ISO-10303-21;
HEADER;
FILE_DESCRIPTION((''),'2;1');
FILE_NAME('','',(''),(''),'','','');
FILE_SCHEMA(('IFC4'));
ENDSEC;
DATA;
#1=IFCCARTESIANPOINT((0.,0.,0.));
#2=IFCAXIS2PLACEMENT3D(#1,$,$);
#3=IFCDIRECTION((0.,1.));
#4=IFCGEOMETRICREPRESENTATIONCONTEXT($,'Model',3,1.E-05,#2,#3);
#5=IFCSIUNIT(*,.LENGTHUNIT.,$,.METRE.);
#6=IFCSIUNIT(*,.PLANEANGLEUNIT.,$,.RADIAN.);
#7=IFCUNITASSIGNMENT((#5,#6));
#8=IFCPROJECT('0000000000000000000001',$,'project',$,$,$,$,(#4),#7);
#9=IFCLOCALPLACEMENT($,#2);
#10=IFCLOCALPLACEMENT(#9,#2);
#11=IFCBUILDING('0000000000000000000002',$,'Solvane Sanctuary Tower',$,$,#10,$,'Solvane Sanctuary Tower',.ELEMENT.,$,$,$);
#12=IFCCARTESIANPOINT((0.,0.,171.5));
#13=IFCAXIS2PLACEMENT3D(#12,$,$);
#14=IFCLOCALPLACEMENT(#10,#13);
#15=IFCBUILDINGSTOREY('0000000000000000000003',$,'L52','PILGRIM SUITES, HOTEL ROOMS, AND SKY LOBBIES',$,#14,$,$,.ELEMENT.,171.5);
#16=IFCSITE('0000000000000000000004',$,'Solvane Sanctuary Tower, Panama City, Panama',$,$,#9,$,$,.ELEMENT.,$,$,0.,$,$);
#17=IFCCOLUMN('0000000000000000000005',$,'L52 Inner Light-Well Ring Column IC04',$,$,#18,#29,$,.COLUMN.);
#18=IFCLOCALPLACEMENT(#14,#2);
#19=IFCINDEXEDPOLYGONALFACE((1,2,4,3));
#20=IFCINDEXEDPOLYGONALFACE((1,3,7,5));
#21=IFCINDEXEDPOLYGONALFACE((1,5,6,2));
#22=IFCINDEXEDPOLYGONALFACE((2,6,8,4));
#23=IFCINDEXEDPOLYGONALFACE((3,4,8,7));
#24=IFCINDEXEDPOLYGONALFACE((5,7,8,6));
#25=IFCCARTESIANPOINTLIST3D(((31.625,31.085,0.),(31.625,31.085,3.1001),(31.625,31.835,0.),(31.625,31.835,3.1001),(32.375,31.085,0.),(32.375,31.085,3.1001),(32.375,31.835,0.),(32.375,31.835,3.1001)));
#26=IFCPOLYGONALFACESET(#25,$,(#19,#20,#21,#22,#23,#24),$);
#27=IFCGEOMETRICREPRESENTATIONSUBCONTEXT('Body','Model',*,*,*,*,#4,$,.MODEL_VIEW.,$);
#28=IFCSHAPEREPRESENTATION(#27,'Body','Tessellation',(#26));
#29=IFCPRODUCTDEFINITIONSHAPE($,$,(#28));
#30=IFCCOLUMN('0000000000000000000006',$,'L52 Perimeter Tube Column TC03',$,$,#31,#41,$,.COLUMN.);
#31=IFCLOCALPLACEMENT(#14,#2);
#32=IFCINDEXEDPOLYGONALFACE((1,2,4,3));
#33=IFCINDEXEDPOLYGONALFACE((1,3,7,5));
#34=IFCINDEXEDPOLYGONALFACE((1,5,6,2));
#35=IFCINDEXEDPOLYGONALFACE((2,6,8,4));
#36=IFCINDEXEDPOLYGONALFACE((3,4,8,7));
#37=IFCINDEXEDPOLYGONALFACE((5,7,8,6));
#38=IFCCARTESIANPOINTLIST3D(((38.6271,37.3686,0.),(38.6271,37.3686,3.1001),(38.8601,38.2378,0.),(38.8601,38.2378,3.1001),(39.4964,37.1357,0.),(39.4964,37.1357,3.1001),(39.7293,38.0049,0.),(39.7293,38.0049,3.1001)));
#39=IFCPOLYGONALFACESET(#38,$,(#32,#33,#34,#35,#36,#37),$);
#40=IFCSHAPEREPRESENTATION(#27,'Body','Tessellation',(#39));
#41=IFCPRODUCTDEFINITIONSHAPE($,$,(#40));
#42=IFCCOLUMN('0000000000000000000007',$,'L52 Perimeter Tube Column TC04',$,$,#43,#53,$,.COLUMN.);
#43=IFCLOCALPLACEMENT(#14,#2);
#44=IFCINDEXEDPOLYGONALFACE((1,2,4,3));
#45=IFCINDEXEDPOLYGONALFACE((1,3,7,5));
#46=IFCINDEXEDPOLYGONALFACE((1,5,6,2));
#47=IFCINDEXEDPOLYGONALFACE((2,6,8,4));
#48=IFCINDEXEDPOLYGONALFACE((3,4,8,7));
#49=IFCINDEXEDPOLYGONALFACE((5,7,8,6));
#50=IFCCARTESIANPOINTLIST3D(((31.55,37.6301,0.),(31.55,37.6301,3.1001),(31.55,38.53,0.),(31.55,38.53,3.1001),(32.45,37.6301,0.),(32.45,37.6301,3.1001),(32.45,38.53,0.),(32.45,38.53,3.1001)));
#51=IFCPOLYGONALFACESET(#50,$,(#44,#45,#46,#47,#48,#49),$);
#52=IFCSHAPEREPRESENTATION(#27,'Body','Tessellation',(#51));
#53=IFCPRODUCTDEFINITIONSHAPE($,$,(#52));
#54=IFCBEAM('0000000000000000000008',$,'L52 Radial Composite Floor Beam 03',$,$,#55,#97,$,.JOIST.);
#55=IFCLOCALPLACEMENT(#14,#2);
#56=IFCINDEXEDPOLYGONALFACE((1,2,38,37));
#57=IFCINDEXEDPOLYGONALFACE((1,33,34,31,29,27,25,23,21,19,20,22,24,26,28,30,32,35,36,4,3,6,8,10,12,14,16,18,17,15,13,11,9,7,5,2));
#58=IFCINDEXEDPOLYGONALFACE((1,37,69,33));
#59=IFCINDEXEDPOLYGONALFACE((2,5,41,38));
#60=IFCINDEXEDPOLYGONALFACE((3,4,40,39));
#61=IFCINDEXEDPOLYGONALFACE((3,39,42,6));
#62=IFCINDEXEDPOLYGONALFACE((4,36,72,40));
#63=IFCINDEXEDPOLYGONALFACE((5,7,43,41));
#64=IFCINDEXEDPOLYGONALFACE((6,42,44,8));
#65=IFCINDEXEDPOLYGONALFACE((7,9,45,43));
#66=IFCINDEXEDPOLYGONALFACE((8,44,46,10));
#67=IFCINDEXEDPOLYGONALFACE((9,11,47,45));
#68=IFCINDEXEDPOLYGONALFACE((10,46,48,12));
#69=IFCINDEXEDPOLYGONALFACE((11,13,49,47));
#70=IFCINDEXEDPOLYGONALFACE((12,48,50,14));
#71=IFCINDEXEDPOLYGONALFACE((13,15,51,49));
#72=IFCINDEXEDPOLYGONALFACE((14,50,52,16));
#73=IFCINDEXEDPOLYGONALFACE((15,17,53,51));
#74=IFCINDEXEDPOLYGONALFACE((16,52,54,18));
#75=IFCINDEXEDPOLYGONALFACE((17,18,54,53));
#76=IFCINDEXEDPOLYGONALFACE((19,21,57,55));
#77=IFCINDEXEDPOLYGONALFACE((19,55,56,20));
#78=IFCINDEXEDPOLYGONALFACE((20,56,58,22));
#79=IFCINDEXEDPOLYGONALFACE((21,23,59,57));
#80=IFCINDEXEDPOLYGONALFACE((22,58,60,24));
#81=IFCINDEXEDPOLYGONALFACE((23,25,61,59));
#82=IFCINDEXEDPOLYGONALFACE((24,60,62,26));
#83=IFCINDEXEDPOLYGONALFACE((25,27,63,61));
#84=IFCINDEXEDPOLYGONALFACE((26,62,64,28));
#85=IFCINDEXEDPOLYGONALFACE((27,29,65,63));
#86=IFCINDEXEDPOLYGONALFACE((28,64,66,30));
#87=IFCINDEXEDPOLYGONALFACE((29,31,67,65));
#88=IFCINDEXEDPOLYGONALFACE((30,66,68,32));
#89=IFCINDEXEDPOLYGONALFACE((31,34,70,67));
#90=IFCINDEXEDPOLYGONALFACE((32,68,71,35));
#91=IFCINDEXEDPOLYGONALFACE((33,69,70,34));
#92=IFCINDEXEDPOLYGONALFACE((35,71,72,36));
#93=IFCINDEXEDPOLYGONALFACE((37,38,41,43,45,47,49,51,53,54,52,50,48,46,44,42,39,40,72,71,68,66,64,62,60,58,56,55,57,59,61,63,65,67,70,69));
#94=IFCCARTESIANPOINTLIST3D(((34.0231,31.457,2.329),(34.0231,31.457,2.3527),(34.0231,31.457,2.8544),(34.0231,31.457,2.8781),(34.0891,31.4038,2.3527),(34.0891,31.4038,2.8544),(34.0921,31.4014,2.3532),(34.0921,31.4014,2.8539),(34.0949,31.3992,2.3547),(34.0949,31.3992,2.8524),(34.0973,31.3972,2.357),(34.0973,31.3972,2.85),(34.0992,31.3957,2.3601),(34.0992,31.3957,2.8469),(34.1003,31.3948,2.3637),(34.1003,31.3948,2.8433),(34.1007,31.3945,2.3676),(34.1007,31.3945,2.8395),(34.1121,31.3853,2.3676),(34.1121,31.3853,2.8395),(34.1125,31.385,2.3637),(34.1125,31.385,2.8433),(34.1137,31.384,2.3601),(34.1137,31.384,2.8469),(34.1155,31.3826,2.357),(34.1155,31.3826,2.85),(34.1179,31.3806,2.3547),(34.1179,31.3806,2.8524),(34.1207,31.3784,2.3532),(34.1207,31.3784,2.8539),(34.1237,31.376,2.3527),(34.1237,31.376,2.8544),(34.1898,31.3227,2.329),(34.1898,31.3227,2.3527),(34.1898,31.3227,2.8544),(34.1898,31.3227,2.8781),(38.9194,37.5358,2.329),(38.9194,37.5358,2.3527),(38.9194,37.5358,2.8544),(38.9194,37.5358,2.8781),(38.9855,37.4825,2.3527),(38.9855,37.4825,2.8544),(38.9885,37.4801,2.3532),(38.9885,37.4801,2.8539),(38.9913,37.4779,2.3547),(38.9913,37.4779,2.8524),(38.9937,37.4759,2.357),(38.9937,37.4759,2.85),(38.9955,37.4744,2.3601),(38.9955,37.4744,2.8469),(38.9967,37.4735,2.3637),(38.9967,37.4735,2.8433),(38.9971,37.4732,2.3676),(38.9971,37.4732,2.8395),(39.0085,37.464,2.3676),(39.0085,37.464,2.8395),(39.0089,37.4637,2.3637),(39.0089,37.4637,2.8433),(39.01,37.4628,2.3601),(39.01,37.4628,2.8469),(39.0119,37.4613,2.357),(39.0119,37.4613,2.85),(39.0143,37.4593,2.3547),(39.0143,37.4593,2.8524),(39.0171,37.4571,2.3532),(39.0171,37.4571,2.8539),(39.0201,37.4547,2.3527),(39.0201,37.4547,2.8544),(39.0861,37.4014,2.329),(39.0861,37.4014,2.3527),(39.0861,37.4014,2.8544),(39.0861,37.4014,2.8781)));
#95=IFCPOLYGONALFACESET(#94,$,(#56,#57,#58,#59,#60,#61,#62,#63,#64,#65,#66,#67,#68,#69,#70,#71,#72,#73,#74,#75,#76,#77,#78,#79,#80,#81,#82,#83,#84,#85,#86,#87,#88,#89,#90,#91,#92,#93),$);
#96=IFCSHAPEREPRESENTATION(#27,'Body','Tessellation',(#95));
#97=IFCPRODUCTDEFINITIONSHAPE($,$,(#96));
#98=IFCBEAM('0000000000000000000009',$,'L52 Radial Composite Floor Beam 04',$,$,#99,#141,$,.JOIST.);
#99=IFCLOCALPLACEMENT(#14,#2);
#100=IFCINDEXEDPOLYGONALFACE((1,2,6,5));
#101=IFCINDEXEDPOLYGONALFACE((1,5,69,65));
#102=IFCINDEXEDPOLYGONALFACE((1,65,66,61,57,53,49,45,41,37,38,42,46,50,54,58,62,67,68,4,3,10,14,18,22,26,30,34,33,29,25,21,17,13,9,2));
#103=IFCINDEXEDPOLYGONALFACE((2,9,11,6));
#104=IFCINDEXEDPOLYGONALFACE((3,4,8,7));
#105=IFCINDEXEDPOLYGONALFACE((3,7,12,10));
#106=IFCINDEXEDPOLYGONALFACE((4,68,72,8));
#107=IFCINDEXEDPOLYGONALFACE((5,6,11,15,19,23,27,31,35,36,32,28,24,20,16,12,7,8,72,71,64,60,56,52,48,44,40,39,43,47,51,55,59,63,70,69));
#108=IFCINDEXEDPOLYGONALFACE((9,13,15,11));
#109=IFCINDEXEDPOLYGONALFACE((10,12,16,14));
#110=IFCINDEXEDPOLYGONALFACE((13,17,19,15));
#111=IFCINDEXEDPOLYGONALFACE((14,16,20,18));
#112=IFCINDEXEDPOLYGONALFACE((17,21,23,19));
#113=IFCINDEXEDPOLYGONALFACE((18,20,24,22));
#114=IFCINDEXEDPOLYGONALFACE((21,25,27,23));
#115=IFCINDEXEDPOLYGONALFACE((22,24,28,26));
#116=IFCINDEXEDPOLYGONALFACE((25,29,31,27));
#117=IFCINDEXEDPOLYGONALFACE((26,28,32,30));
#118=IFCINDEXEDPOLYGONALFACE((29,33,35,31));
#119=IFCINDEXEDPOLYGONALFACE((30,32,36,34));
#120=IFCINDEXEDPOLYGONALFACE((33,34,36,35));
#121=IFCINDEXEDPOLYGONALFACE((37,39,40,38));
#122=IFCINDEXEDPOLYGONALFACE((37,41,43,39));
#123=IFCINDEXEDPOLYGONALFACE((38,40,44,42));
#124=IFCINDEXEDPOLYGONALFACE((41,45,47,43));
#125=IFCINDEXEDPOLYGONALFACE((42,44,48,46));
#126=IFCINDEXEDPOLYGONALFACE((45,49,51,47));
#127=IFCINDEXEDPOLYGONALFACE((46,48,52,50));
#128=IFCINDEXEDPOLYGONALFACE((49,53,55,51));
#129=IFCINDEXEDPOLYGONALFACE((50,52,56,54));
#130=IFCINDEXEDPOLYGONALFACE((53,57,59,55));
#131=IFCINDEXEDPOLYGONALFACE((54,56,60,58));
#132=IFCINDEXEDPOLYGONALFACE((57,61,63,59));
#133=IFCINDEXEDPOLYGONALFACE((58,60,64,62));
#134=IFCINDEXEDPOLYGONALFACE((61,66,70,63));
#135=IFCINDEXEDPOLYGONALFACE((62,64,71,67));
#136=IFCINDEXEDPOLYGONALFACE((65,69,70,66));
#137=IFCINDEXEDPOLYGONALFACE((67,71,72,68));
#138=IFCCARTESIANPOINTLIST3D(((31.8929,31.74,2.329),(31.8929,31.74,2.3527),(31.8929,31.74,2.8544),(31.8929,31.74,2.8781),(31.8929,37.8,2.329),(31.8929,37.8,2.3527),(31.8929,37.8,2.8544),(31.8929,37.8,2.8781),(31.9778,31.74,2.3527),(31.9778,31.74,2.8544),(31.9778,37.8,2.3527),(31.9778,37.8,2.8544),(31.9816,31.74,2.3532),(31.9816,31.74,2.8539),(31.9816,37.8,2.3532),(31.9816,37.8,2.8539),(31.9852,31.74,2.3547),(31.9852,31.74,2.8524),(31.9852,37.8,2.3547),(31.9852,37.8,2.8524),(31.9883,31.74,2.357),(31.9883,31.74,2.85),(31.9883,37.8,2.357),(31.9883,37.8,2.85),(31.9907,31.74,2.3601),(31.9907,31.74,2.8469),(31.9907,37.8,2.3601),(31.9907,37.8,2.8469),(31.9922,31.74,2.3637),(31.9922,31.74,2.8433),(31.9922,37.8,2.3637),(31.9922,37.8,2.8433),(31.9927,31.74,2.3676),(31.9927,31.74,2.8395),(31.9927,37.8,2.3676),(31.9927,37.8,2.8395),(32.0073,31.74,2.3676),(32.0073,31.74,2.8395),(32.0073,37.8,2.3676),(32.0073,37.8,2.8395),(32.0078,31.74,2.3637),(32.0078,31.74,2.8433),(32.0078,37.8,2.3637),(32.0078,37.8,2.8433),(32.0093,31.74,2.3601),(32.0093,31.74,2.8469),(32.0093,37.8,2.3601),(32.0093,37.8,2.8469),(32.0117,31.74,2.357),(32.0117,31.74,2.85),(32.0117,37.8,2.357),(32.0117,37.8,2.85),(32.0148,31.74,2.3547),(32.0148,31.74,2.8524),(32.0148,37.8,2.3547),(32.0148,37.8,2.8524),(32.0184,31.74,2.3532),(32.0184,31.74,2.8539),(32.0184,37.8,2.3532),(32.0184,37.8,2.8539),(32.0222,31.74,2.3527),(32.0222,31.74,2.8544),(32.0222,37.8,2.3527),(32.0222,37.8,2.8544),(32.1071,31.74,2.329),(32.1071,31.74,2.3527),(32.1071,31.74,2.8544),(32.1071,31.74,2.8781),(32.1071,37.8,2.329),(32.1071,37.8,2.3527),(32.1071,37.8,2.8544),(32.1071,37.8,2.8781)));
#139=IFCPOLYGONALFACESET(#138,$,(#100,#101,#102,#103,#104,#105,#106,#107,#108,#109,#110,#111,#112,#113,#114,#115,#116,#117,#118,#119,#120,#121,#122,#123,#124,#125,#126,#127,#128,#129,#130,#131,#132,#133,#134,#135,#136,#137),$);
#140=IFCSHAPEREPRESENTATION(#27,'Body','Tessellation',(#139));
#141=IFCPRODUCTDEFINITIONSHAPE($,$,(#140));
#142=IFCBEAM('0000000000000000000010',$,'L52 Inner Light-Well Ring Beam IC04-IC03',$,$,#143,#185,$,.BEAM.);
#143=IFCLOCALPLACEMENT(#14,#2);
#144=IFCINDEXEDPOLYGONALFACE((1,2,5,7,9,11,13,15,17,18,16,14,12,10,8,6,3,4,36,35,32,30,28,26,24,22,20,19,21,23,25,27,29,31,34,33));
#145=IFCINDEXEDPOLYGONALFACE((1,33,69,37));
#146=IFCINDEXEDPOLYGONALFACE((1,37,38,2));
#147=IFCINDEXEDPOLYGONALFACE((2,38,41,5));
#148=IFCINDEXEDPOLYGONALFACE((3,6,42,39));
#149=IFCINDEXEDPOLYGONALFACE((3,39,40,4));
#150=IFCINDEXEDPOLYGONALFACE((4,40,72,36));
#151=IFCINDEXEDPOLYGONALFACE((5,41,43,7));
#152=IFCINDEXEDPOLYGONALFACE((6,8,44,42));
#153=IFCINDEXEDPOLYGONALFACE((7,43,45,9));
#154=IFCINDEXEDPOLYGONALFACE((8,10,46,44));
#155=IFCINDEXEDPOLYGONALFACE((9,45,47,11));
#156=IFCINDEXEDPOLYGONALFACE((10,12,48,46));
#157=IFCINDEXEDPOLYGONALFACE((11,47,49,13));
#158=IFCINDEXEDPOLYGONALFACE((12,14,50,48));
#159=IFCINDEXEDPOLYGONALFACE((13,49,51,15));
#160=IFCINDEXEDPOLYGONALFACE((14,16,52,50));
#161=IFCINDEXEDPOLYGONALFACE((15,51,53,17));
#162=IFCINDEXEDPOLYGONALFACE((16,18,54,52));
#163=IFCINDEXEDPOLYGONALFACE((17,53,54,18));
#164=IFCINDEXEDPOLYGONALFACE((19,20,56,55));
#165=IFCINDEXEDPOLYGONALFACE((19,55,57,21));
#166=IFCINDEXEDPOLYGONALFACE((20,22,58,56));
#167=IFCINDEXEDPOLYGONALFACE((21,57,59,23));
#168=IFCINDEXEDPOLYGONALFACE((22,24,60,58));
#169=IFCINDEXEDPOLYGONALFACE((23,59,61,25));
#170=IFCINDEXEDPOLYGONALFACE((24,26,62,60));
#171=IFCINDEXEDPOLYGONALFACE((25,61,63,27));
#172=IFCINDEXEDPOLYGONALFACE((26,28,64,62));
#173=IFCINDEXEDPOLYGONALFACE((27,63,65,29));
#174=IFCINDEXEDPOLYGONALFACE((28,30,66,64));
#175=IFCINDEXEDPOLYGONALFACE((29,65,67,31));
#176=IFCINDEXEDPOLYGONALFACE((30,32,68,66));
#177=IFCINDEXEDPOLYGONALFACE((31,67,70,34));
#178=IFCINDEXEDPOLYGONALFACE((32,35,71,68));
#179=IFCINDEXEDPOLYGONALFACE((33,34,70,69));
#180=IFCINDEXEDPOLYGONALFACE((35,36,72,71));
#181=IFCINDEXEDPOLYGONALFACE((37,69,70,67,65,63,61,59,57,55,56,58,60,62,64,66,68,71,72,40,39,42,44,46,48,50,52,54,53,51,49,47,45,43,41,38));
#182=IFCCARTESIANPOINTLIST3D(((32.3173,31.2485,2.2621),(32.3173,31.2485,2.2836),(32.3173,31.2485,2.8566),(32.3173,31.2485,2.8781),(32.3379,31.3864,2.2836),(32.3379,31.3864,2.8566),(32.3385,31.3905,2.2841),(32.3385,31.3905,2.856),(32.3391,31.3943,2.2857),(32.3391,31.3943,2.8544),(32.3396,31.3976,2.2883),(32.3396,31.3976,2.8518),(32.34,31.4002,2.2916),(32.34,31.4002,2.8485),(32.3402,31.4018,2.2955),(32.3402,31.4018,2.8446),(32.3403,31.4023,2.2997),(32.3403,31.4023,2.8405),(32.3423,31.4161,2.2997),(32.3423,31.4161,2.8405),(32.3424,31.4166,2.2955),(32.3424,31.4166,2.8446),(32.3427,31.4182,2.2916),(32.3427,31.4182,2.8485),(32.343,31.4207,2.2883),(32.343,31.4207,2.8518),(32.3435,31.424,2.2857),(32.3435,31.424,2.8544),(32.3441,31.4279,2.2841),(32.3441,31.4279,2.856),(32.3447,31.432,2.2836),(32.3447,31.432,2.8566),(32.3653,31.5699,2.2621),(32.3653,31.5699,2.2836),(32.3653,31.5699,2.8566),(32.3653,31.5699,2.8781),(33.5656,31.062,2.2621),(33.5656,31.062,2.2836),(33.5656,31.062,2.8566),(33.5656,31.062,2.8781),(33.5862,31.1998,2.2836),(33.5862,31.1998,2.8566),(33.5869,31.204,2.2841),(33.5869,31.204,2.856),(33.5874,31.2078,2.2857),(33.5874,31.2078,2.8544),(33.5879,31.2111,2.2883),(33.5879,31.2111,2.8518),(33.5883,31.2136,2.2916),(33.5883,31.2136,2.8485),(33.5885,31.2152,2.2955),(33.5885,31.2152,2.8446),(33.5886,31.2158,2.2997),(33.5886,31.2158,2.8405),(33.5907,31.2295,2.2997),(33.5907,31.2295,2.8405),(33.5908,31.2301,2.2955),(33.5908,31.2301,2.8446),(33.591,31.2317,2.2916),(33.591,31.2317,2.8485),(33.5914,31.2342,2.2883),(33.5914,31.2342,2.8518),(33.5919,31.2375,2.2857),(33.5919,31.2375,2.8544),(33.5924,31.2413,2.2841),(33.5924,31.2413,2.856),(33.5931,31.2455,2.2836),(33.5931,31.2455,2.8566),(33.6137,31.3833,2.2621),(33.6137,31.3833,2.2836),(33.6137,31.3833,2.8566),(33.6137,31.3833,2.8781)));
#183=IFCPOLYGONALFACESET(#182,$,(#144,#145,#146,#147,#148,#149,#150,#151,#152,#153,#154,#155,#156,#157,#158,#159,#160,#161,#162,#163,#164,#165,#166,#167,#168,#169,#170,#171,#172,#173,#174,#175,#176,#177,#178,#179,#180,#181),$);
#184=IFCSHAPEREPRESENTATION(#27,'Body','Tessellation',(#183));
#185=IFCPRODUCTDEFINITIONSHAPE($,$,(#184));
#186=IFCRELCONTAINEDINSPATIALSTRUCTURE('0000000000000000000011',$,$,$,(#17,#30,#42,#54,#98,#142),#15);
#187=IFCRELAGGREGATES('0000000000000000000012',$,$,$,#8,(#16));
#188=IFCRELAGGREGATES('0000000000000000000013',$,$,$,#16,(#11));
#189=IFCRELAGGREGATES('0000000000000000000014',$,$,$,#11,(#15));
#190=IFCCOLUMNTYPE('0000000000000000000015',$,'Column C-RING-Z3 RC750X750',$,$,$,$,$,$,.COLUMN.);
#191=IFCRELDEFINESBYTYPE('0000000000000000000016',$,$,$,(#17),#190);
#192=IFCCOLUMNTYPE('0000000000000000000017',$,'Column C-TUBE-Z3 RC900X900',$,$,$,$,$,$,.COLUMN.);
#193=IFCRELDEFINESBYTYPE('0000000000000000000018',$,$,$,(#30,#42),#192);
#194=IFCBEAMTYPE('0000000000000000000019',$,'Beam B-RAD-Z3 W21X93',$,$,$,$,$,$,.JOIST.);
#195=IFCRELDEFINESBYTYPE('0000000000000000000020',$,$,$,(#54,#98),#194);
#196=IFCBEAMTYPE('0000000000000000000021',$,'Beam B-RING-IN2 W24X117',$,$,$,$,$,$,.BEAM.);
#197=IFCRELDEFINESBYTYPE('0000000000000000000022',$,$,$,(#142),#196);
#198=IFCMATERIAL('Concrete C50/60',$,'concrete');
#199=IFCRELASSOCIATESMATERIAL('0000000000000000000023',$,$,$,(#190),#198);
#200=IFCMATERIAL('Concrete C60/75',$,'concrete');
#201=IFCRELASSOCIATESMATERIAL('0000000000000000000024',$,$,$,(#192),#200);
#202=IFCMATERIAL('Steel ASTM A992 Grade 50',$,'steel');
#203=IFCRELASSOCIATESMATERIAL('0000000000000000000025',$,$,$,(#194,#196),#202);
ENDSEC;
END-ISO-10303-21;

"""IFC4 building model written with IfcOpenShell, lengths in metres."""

from ifc_helpers import new_model, si_unit, direction, frame, origin, origin_2d, place, context, subcontext, project, spatial, rectangle, i_section, extrude, material, material_profile, profile_set, type_object, element, save


model = new_model("IFC4")

# Units and contexts
model_context = context("Model", 3, precision=1e-05, world=origin(), true_north=direction((0.0, 1.0)))
body_context = subcontext(model_context, "Body", "Model", "MODEL_VIEW")
ifc_project = project(units=[si_unit("LENGTHUNIT", "METRE"), si_unit("PLANEANGLEUNIT", "RADIAN")], contexts=[model_context])

# Site, building, storey
site_placement = place(None, origin())
site = spatial("IfcSite", under=ifc_project, at=site_placement, Name="Solvane Sanctuary Tower, Panama City, Panama", CompositionType="ELEMENT", RefElevation=0.0)
building_placement = place(site_placement, origin())
building = spatial("IfcBuilding", under=site, at=building_placement, Name="Solvane Sanctuary Tower", LongName="Solvane Sanctuary Tower", CompositionType="ELEMENT")
storey_placement = place(building_placement, frame((0.0, 0.0, 171.5)))
storey = spatial("IfcBuildingStorey", under=building, at=storey_placement, Name="L52", Description="PILGRIM SUITES, HOTEL ROOMS, AND SKY LOBBIES", CompositionType="ELEMENT", Elevation=171.5)

# Columns
ifc_material_1 = material(Name="Concrete C50/60", Category="concrete")
ifc_material_profile_1 = material_profile(ifc_material_1, rectangle(XDim=0.75, YDim=0.75, at=origin_2d()), Name="RC750X750")
ifc_profile_set_1 = profile_set([ifc_material_profile_1], Name="Concrete C50/60")
column_type_1 = type_object("IfcColumnType", Name="Column C-RING-Z3 RC750X750", PredefinedType="COLUMN", material=ifc_profile_set_1)
column_placement = place(storey_placement, frame((32.0, 31.46, 0.0), z_axis=(0.0, 0.0, 1.0), x_axis=(1.0, 0.0, 0.0)))
element("IfcColumn", 1, at=column_placement, inside=storey, type_object=column_type_1, Name="L52 Inner Light-Well Ring Column IC04", PredefinedType="COLUMN", context=body_context, shape_type="SweptSolid", body=[
    extrude(rectangle(XDim=0.75, YDim=0.75, at=origin_2d()), origin(), (0.0, 0.0, 1.0), 3.1001),
])
ifc_material_2 = material(Name="Concrete C60/75", Category="concrete")
ifc_material_profile_2 = material_profile(ifc_material_2, rectangle(XDim=0.8999, YDim=0.8999, at=origin_2d()), Name="RC900X900")
ifc_profile_set_2 = profile_set([ifc_material_profile_2], Name="Concrete C60/75")
column_type_2 = type_object("IfcColumnType", Name="Column C-TUBE-Z3 RC900X900", PredefinedType="COLUMN", material=ifc_profile_set_2)
for number, where, z_axis, x_axis, name in (
    (2, (39.1782, 37.6868, 0.0), (0.0, 0.0, 1.0), (0.258819, 0.965926, 0.0), "L52 Perimeter Tube Column TC03"),
    (3, (32.0, 38.0801, 0.0), (0.0, 0.0, 1.0), (0.0, 1.0, 0.0), "L52 Perimeter Tube Column TC04"),
):
    element("IfcColumn", number, at=place(storey_placement, frame(where, z_axis=z_axis, x_axis=x_axis)), inside=storey, type_object=column_type_2, Name=name, PredefinedType="COLUMN", context=body_context, shape_type="SweptSolid", body=[
        extrude(rectangle(XDim=0.8999, YDim=0.8999, at=origin_2d()), origin(), (0.0, 0.0, 1.0), 3.1001),
    ])

# Beams
ifc_material_3 = material(Name="Steel ASTM A992 Grade 50", Category="steel")
ifc_material_profile_3 = material_profile(ifc_material_3, i_section(OverallWidth=0.2141, OverallDepth=0.5491, WebThickness=0.0146, FlangeThickness=0.0237, FilletRadius=0.0149, at=origin_2d()), Name="W21X93")
ifc_profile_set_3 = profile_set([ifc_material_profile_3], Name="Steel ASTM A992 Grade 50")
beam_type_1 = type_object("IfcBeamType", Name="Beam B-RAD-Z3 W21X93", PredefinedType="JOIST", material=ifc_profile_set_3)
beam_1_placement = place(storey_placement, frame((34.1064, 31.3899, 2.6035), z_axis=(0.627297, 0.77878, 0.0), x_axis=(-0.77878, 0.627297, 0.0)))
element("IfcBeam", 4, at=beam_1_placement, inside=storey, type_object=beam_type_1, Name="L52 Radial Composite Floor Beam 03", PredefinedType="JOIST", context=body_context, shape_type="SweptSolid", body=[
    extrude(i_section(OverallWidth=0.2141, OverallDepth=0.5491, WebThickness=0.0146, FlangeThickness=0.0237, FilletRadius=0.0149, at=origin_2d()), origin(), (0.0, 0.0, 1.0), 7.8054),
])
beam_2_placement = place(storey_placement, frame((32.0, 31.74, 2.6035), z_axis=(0.0, 1.0, 0.0), x_axis=(-1.0, 0.0, 0.0)))
element("IfcBeam", 5, at=beam_2_placement, inside=storey, type_object=beam_type_1, Name="L52 Radial Composite Floor Beam 04", PredefinedType="JOIST", context=body_context, shape_type="SweptSolid", body=[
    extrude(i_section(OverallWidth=0.2141, OverallDepth=0.5491, WebThickness=0.0146, FlangeThickness=0.0237, FilletRadius=0.0149, at=origin_2d()), origin(), (0.0, 0.0, 1.0), 6.0601),
])
ifc_material_profile_4 = material_profile(ifc_material_3, i_section(OverallWidth=0.325, OverallDepth=0.616, WebThickness=0.0139, FlangeThickness=0.0215, FilletRadius=0.0161, at=origin_2d()), Name="W24X117")
ifc_profile_set_4 = profile_set([ifc_material_profile_4], Name="Steel ASTM A992 Grade 50")
beam_type_2 = type_object("IfcBeamType", Name="Beam B-RING-IN2 W24X117", PredefinedType="BEAM", material=ifc_profile_set_4)
beam_3_placement = place(storey_placement, frame((32.3413, 31.4092, 2.5701), z_axis=(0.98902, -0.147782, 0.0), x_axis=(0.147782, 0.98902, 0.0)))
element("IfcBeam", 6, at=beam_3_placement, inside=storey, type_object=beam_type_2, Name="L52 Inner Light-Well Ring Beam IC04-IC03", PredefinedType="BEAM", context=body_context, shape_type="SweptSolid", body=[
    extrude(i_section(OverallWidth=0.325, OverallDepth=0.616, WebThickness=0.0139, FlangeThickness=0.0215, FilletRadius=0.0161, at=origin_2d()), origin(), (0.0, 0.0, 1.0), 1.2622),
])

save(model, "model.ifc")
